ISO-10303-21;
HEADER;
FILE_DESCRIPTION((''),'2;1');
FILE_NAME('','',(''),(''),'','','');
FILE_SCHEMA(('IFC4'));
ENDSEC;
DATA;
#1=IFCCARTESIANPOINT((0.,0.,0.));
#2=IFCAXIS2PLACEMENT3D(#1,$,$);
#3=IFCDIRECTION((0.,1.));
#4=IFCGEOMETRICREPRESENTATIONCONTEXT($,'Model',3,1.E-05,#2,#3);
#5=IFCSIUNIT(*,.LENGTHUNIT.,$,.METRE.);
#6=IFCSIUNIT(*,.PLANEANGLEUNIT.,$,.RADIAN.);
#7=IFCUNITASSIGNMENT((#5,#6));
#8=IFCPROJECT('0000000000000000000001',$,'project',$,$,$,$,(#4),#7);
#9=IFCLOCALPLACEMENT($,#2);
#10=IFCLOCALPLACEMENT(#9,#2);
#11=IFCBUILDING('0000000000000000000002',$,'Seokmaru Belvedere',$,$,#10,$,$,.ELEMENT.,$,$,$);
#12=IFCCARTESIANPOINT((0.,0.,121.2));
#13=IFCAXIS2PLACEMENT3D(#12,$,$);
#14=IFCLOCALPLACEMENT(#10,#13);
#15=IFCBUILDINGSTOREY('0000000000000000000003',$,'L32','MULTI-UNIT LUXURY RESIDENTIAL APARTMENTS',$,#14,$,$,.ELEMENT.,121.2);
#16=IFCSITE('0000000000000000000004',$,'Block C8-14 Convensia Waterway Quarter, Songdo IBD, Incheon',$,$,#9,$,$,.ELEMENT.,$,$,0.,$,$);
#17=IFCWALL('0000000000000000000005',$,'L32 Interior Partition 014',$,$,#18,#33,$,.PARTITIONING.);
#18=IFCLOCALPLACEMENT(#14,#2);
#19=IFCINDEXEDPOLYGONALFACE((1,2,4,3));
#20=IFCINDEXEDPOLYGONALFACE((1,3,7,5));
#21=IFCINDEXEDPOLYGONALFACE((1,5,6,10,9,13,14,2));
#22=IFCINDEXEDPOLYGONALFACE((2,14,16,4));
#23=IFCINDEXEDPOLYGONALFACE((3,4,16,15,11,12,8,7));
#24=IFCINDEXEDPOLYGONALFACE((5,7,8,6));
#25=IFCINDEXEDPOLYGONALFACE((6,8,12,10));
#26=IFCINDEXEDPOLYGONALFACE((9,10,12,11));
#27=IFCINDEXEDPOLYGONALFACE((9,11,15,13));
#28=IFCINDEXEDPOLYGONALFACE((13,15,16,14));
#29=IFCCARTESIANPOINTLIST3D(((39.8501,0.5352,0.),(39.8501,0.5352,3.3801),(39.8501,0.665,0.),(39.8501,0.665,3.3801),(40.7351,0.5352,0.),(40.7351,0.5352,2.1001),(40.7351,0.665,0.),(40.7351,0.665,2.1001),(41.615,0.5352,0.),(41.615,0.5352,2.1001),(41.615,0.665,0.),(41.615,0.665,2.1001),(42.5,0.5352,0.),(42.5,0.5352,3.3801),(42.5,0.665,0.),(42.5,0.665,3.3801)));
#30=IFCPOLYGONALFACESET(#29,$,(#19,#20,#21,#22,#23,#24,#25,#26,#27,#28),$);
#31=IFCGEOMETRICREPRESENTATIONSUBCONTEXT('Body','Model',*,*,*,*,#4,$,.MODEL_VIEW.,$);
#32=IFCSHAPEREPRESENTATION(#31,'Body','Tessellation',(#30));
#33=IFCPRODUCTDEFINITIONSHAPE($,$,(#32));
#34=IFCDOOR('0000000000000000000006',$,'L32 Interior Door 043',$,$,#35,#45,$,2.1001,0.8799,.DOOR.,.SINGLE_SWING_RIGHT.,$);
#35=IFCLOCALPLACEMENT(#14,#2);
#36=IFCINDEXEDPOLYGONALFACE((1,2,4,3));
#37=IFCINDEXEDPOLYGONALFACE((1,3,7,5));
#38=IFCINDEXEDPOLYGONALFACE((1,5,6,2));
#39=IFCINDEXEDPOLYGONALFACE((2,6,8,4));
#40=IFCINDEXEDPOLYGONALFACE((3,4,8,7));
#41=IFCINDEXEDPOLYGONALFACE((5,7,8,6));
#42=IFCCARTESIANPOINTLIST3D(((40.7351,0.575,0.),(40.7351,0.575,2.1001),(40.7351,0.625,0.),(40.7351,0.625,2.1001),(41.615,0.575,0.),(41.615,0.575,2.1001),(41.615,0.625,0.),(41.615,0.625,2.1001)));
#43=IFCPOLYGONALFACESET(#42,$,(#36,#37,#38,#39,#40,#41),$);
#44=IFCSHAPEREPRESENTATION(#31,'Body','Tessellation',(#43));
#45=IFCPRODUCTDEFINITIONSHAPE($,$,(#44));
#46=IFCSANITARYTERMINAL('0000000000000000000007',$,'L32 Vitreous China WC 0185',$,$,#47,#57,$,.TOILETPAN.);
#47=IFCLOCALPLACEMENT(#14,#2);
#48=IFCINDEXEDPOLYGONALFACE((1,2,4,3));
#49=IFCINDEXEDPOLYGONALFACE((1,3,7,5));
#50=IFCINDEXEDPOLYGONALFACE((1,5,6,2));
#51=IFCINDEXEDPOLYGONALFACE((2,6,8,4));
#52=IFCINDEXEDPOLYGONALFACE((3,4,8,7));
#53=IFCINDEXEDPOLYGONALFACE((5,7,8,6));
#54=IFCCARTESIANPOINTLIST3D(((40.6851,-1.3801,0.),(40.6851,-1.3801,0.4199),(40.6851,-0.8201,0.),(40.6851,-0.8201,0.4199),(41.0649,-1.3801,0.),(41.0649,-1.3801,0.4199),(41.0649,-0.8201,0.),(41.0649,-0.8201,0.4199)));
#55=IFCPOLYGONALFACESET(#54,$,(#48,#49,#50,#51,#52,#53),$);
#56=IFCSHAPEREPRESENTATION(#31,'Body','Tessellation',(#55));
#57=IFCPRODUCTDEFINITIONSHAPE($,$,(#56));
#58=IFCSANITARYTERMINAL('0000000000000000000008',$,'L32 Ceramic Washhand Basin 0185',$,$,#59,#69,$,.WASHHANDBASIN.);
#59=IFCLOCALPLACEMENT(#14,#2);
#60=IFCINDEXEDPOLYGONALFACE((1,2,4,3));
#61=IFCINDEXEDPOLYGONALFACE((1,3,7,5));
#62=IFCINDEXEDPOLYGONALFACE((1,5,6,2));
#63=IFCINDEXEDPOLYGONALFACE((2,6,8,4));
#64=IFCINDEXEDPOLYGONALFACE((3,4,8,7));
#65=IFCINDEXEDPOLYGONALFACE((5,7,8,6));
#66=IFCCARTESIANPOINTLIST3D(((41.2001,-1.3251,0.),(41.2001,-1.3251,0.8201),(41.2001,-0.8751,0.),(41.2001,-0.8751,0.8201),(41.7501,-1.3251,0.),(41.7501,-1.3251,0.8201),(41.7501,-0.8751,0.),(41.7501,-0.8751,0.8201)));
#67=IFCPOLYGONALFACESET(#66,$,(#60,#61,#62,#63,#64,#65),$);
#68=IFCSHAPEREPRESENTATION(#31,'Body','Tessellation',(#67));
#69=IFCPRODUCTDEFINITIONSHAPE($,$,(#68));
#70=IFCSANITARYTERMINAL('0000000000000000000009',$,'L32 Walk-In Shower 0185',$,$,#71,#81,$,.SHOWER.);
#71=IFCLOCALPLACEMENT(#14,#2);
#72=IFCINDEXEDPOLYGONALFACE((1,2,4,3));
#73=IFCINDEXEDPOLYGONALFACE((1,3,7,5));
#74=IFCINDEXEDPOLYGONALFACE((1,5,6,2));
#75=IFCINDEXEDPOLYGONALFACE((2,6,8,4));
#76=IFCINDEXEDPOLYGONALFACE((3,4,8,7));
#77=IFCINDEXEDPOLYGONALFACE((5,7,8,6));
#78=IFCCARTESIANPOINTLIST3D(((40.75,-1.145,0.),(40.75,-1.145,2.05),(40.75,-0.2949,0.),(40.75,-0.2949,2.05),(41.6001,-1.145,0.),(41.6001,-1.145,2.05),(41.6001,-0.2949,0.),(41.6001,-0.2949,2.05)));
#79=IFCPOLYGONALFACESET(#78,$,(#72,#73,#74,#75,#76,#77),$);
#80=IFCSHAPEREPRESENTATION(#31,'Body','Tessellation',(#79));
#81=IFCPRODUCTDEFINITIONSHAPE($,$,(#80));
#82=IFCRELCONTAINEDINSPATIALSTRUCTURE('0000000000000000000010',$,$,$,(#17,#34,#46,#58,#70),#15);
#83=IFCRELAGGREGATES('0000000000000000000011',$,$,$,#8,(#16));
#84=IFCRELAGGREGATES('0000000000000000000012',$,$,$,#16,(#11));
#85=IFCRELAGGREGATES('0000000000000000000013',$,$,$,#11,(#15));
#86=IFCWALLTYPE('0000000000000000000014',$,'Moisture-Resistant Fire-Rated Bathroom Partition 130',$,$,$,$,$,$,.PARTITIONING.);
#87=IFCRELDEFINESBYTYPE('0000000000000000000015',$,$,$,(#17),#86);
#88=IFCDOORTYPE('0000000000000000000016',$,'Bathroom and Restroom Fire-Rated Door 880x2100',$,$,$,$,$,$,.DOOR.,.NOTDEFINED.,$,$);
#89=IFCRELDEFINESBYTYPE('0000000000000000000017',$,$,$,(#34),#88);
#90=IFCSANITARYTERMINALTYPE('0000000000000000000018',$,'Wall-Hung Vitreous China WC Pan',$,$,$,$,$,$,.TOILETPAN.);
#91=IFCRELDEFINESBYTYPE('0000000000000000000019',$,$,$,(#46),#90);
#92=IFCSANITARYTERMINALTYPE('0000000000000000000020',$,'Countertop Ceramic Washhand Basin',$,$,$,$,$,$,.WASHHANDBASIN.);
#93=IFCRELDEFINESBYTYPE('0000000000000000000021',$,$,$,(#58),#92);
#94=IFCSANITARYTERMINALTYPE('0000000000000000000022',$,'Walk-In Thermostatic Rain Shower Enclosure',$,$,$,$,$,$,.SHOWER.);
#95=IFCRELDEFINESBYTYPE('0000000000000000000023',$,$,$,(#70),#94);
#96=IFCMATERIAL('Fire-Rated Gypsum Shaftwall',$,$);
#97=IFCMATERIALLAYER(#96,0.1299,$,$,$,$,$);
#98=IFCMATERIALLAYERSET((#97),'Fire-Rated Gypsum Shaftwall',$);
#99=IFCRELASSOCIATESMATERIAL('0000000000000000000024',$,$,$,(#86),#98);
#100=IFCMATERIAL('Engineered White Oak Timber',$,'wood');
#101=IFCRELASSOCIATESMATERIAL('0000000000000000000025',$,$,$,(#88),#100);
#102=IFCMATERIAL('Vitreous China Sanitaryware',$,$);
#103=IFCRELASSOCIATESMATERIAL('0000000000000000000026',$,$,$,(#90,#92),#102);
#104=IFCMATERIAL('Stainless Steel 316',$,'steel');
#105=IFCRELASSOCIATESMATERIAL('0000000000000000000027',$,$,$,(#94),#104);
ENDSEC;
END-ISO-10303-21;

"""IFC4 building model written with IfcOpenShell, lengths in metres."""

from ifc_helpers import new_model, si_unit, direction, frame, frame_2d, origin, origin_2d, place, context, subcontext, project, spatial, rectangle, extrude, source, transform, mapped, material, layer, layer_set, type_object, type_shapes, element, fill, save


model = new_model("IFC4")

# Units and contexts
model_context = context("Model", 3, precision=1e-05, world=origin(), true_north=direction((0.0, 1.0)))
body_context = subcontext(model_context, "Body", "Model", "MODEL_VIEW")
ifc_project = project(units=[si_unit("LENGTHUNIT", "METRE"), si_unit("PLANEANGLEUNIT", "RADIAN")], contexts=[model_context])

# Site, building, storey
site_placement = place(None, origin())
site = spatial("IfcSite", under=ifc_project, at=site_placement, Name="Block C8-14 Convensia Waterway Quarter, Songdo IBD, Incheon", CompositionType="ELEMENT", RefElevation=0.0)
building_placement = place(site_placement, origin())
building = spatial("IfcBuilding", under=site, at=building_placement, Name="Seokmaru Belvedere", CompositionType="ELEMENT")
storey_placement = place(building_placement, frame((0.0, 0.0, 121.2)))
storey = spatial("IfcBuildingStorey", under=building, at=storey_placement, Name="L32", Description="MULTI-UNIT LUXURY RESIDENTIAL APARTMENTS", CompositionType="ELEMENT", Elevation=121.2)

# Shared definitions
ifc_material_1 = material(Name="Fire-Rated Gypsum Shaftwall")
ifc_material_2 = material(Name="Engineered White Oak Timber", Category="wood")

# Wall, opening, door
ifc_layer_1 = layer(ifc_material_1, 0.1299)
ifc_layer_set_1 = layer_set([ifc_layer_1], Name="Fire-Rated Gypsum Shaftwall")
wall_type_1 = type_object("IfcWallType", Name="Moisture-Resistant Fire-Rated Bathroom Partition 130", PredefinedType="PARTITIONING", material=ifc_layer_set_1)
wall_1_placement = place(storey_placement, frame((39.8501, 0.6001, 0.0), z_axis=(0.0, 0.0, 1.0), x_axis=(1.0, 0.0, 0.0)))
wall_1 = element("IfcWall", 1, at=wall_1_placement, inside=storey, type_object=wall_type_1, Name="L32 Interior Partition 014", PredefinedType="PARTITIONING", context=body_context, shape_type="SweptSolid", body=[
    extrude(rectangle(XDim=2.6499, YDim=0.1299, at=frame_2d((1.325, 0.0))), origin(), (0.0, 0.0, 1.0), 3.3801),
])
opening_1_placement = place(wall_1_placement, frame((0.885, 0.0, 0.0)))
opening_1 = element("IfcOpeningElement", 2, at=opening_1_placement, cuts=wall_1, PredefinedType="OPENING", context=body_context, shape_type="SweptSolid", body=[
    extrude(rectangle(XDim=0.8799, YDim=2.1001, at=frame_2d((0.4399, 1.05))), frame((0.0, 0.075, 0.0), z_axis=(0.0, -1.0, 0.0), x_axis=(1.0, 0.0, 0.0)), (0.0, 0.0, 1.0), 0.1499),
])
door_type_1 = type_object("IfcDoorType", Name="Bathroom and Restroom Fire-Rated Door 880x2100", OperationType="NOTDEFINED", PredefinedType="DOOR", material=ifc_material_2)
shared_shape_1 = source(origin(), body_context, "Body", "SweptSolid", [
    extrude(rectangle(XDim=0.8799, YDim=2.1001, at=frame_2d((0.4399, 1.05))), frame((0.0, 0.0249, 0.0), z_axis=(0.0, -1.0, 0.0), x_axis=(1.0, 0.0, 0.0)), (0.0, 0.0, 1.0), 0.05),
])
type_shapes(door_type_1, [shared_shape_1])
door_1_placement = place(opening_1_placement, origin())
door_1 = element("IfcDoor", 3, at=door_1_placement, inside=storey, type_object=door_type_1, Name="L32 Interior Door 043", OperationType="SINGLE_SWING_RIGHT", OverallHeight=2.1001, OverallWidth=0.8799, PredefinedType="DOOR", context=body_context, shape_type="MappedRepresentation", body=[
    mapped(shared_shape_1, transform((0.0, 0.0, 0.0), scale=1.0)),
])
fill(opening_1, door_1)

# Sanitary terminals
ifc_material_3 = material(Name="Vitreous China Sanitaryware")
sanitary_terminal_type_1 = type_object("IfcSanitaryTerminalType", Name="Wall-Hung Vitreous China WC Pan", PredefinedType="TOILETPAN", material=ifc_material_3)
shared_shape_2 = source(origin(), body_context, "Body", "SweptSolid", [
    extrude(rectangle(XDim=0.3799, YDim=0.5601, at=origin_2d()), origin(), (0.0, 0.0, 1.0), 0.4199),
])
type_shapes(sanitary_terminal_type_1, [shared_shape_2])
sanitary_terminal_1_placement = place(storey_placement, frame((40.875, -1.1001, 0.0), z_axis=(0.0, 0.0, 1.0), x_axis=(1.0, 0.0, 0.0)))
element("IfcSanitaryTerminal", 4, at=sanitary_terminal_1_placement, inside=storey, type_object=sanitary_terminal_type_1, Name="L32 Vitreous China WC 0185", PredefinedType="TOILETPAN", context=body_context, shape_type="MappedRepresentation", body=[
    mapped(shared_shape_2, transform((0.0, 0.0, 0.0), scale=1.0)),
])
sanitary_terminal_type_2 = type_object("IfcSanitaryTerminalType", Name="Countertop Ceramic Washhand Basin", PredefinedType="WASHHANDBASIN", material=ifc_material_3)
shared_shape_3 = source(origin(), body_context, "Body", "SweptSolid", [
    extrude(rectangle(XDim=0.55, YDim=0.45, at=origin_2d()), origin(), (0.0, 0.0, 1.0), 0.8201),
])
type_shapes(sanitary_terminal_type_2, [shared_shape_3])
sanitary_terminal_2_placement = place(storey_placement, frame((41.4751, -1.1001, 0.0), z_axis=(0.0, 0.0, 1.0), x_axis=(1.0, 0.0, 0.0)))
element("IfcSanitaryTerminal", 5, at=sanitary_terminal_2_placement, inside=storey, type_object=sanitary_terminal_type_2, Name="L32 Ceramic Washhand Basin 0185", PredefinedType="WASHHANDBASIN", context=body_context, shape_type="MappedRepresentation", body=[
    mapped(shared_shape_3, transform((0.0, 0.0, 0.0), scale=1.0)),
])
ifc_material_4 = material(Name="Stainless Steel 316", Category="steel")
sanitary_terminal_type_3 = type_object("IfcSanitaryTerminalType", Name="Walk-In Thermostatic Rain Shower Enclosure", PredefinedType="SHOWER", material=ifc_material_4)
shared_shape_4 = source(origin(), body_context, "Body", "SweptSolid", [
    extrude(rectangle(XDim=0.8501, YDim=0.8501, at=origin_2d()), origin(), (0.0, 0.0, 1.0), 2.05),
])
type_shapes(sanitary_terminal_type_3, [shared_shape_4])
sanitary_terminal_3_placement = place(storey_placement, frame((41.175, -0.72, 0.0), z_axis=(0.0, 0.0, 1.0), x_axis=(1.0, 0.0, 0.0)))
element("IfcSanitaryTerminal", 6, at=sanitary_terminal_3_placement, inside=storey, type_object=sanitary_terminal_type_3, Name="L32 Walk-In Shower 0185", PredefinedType="SHOWER", context=body_context, shape_type="MappedRepresentation", body=[
    mapped(shared_shape_4, transform((0.0, 0.0, 0.0), scale=1.0)),
])

save(model, "model.ifc")
